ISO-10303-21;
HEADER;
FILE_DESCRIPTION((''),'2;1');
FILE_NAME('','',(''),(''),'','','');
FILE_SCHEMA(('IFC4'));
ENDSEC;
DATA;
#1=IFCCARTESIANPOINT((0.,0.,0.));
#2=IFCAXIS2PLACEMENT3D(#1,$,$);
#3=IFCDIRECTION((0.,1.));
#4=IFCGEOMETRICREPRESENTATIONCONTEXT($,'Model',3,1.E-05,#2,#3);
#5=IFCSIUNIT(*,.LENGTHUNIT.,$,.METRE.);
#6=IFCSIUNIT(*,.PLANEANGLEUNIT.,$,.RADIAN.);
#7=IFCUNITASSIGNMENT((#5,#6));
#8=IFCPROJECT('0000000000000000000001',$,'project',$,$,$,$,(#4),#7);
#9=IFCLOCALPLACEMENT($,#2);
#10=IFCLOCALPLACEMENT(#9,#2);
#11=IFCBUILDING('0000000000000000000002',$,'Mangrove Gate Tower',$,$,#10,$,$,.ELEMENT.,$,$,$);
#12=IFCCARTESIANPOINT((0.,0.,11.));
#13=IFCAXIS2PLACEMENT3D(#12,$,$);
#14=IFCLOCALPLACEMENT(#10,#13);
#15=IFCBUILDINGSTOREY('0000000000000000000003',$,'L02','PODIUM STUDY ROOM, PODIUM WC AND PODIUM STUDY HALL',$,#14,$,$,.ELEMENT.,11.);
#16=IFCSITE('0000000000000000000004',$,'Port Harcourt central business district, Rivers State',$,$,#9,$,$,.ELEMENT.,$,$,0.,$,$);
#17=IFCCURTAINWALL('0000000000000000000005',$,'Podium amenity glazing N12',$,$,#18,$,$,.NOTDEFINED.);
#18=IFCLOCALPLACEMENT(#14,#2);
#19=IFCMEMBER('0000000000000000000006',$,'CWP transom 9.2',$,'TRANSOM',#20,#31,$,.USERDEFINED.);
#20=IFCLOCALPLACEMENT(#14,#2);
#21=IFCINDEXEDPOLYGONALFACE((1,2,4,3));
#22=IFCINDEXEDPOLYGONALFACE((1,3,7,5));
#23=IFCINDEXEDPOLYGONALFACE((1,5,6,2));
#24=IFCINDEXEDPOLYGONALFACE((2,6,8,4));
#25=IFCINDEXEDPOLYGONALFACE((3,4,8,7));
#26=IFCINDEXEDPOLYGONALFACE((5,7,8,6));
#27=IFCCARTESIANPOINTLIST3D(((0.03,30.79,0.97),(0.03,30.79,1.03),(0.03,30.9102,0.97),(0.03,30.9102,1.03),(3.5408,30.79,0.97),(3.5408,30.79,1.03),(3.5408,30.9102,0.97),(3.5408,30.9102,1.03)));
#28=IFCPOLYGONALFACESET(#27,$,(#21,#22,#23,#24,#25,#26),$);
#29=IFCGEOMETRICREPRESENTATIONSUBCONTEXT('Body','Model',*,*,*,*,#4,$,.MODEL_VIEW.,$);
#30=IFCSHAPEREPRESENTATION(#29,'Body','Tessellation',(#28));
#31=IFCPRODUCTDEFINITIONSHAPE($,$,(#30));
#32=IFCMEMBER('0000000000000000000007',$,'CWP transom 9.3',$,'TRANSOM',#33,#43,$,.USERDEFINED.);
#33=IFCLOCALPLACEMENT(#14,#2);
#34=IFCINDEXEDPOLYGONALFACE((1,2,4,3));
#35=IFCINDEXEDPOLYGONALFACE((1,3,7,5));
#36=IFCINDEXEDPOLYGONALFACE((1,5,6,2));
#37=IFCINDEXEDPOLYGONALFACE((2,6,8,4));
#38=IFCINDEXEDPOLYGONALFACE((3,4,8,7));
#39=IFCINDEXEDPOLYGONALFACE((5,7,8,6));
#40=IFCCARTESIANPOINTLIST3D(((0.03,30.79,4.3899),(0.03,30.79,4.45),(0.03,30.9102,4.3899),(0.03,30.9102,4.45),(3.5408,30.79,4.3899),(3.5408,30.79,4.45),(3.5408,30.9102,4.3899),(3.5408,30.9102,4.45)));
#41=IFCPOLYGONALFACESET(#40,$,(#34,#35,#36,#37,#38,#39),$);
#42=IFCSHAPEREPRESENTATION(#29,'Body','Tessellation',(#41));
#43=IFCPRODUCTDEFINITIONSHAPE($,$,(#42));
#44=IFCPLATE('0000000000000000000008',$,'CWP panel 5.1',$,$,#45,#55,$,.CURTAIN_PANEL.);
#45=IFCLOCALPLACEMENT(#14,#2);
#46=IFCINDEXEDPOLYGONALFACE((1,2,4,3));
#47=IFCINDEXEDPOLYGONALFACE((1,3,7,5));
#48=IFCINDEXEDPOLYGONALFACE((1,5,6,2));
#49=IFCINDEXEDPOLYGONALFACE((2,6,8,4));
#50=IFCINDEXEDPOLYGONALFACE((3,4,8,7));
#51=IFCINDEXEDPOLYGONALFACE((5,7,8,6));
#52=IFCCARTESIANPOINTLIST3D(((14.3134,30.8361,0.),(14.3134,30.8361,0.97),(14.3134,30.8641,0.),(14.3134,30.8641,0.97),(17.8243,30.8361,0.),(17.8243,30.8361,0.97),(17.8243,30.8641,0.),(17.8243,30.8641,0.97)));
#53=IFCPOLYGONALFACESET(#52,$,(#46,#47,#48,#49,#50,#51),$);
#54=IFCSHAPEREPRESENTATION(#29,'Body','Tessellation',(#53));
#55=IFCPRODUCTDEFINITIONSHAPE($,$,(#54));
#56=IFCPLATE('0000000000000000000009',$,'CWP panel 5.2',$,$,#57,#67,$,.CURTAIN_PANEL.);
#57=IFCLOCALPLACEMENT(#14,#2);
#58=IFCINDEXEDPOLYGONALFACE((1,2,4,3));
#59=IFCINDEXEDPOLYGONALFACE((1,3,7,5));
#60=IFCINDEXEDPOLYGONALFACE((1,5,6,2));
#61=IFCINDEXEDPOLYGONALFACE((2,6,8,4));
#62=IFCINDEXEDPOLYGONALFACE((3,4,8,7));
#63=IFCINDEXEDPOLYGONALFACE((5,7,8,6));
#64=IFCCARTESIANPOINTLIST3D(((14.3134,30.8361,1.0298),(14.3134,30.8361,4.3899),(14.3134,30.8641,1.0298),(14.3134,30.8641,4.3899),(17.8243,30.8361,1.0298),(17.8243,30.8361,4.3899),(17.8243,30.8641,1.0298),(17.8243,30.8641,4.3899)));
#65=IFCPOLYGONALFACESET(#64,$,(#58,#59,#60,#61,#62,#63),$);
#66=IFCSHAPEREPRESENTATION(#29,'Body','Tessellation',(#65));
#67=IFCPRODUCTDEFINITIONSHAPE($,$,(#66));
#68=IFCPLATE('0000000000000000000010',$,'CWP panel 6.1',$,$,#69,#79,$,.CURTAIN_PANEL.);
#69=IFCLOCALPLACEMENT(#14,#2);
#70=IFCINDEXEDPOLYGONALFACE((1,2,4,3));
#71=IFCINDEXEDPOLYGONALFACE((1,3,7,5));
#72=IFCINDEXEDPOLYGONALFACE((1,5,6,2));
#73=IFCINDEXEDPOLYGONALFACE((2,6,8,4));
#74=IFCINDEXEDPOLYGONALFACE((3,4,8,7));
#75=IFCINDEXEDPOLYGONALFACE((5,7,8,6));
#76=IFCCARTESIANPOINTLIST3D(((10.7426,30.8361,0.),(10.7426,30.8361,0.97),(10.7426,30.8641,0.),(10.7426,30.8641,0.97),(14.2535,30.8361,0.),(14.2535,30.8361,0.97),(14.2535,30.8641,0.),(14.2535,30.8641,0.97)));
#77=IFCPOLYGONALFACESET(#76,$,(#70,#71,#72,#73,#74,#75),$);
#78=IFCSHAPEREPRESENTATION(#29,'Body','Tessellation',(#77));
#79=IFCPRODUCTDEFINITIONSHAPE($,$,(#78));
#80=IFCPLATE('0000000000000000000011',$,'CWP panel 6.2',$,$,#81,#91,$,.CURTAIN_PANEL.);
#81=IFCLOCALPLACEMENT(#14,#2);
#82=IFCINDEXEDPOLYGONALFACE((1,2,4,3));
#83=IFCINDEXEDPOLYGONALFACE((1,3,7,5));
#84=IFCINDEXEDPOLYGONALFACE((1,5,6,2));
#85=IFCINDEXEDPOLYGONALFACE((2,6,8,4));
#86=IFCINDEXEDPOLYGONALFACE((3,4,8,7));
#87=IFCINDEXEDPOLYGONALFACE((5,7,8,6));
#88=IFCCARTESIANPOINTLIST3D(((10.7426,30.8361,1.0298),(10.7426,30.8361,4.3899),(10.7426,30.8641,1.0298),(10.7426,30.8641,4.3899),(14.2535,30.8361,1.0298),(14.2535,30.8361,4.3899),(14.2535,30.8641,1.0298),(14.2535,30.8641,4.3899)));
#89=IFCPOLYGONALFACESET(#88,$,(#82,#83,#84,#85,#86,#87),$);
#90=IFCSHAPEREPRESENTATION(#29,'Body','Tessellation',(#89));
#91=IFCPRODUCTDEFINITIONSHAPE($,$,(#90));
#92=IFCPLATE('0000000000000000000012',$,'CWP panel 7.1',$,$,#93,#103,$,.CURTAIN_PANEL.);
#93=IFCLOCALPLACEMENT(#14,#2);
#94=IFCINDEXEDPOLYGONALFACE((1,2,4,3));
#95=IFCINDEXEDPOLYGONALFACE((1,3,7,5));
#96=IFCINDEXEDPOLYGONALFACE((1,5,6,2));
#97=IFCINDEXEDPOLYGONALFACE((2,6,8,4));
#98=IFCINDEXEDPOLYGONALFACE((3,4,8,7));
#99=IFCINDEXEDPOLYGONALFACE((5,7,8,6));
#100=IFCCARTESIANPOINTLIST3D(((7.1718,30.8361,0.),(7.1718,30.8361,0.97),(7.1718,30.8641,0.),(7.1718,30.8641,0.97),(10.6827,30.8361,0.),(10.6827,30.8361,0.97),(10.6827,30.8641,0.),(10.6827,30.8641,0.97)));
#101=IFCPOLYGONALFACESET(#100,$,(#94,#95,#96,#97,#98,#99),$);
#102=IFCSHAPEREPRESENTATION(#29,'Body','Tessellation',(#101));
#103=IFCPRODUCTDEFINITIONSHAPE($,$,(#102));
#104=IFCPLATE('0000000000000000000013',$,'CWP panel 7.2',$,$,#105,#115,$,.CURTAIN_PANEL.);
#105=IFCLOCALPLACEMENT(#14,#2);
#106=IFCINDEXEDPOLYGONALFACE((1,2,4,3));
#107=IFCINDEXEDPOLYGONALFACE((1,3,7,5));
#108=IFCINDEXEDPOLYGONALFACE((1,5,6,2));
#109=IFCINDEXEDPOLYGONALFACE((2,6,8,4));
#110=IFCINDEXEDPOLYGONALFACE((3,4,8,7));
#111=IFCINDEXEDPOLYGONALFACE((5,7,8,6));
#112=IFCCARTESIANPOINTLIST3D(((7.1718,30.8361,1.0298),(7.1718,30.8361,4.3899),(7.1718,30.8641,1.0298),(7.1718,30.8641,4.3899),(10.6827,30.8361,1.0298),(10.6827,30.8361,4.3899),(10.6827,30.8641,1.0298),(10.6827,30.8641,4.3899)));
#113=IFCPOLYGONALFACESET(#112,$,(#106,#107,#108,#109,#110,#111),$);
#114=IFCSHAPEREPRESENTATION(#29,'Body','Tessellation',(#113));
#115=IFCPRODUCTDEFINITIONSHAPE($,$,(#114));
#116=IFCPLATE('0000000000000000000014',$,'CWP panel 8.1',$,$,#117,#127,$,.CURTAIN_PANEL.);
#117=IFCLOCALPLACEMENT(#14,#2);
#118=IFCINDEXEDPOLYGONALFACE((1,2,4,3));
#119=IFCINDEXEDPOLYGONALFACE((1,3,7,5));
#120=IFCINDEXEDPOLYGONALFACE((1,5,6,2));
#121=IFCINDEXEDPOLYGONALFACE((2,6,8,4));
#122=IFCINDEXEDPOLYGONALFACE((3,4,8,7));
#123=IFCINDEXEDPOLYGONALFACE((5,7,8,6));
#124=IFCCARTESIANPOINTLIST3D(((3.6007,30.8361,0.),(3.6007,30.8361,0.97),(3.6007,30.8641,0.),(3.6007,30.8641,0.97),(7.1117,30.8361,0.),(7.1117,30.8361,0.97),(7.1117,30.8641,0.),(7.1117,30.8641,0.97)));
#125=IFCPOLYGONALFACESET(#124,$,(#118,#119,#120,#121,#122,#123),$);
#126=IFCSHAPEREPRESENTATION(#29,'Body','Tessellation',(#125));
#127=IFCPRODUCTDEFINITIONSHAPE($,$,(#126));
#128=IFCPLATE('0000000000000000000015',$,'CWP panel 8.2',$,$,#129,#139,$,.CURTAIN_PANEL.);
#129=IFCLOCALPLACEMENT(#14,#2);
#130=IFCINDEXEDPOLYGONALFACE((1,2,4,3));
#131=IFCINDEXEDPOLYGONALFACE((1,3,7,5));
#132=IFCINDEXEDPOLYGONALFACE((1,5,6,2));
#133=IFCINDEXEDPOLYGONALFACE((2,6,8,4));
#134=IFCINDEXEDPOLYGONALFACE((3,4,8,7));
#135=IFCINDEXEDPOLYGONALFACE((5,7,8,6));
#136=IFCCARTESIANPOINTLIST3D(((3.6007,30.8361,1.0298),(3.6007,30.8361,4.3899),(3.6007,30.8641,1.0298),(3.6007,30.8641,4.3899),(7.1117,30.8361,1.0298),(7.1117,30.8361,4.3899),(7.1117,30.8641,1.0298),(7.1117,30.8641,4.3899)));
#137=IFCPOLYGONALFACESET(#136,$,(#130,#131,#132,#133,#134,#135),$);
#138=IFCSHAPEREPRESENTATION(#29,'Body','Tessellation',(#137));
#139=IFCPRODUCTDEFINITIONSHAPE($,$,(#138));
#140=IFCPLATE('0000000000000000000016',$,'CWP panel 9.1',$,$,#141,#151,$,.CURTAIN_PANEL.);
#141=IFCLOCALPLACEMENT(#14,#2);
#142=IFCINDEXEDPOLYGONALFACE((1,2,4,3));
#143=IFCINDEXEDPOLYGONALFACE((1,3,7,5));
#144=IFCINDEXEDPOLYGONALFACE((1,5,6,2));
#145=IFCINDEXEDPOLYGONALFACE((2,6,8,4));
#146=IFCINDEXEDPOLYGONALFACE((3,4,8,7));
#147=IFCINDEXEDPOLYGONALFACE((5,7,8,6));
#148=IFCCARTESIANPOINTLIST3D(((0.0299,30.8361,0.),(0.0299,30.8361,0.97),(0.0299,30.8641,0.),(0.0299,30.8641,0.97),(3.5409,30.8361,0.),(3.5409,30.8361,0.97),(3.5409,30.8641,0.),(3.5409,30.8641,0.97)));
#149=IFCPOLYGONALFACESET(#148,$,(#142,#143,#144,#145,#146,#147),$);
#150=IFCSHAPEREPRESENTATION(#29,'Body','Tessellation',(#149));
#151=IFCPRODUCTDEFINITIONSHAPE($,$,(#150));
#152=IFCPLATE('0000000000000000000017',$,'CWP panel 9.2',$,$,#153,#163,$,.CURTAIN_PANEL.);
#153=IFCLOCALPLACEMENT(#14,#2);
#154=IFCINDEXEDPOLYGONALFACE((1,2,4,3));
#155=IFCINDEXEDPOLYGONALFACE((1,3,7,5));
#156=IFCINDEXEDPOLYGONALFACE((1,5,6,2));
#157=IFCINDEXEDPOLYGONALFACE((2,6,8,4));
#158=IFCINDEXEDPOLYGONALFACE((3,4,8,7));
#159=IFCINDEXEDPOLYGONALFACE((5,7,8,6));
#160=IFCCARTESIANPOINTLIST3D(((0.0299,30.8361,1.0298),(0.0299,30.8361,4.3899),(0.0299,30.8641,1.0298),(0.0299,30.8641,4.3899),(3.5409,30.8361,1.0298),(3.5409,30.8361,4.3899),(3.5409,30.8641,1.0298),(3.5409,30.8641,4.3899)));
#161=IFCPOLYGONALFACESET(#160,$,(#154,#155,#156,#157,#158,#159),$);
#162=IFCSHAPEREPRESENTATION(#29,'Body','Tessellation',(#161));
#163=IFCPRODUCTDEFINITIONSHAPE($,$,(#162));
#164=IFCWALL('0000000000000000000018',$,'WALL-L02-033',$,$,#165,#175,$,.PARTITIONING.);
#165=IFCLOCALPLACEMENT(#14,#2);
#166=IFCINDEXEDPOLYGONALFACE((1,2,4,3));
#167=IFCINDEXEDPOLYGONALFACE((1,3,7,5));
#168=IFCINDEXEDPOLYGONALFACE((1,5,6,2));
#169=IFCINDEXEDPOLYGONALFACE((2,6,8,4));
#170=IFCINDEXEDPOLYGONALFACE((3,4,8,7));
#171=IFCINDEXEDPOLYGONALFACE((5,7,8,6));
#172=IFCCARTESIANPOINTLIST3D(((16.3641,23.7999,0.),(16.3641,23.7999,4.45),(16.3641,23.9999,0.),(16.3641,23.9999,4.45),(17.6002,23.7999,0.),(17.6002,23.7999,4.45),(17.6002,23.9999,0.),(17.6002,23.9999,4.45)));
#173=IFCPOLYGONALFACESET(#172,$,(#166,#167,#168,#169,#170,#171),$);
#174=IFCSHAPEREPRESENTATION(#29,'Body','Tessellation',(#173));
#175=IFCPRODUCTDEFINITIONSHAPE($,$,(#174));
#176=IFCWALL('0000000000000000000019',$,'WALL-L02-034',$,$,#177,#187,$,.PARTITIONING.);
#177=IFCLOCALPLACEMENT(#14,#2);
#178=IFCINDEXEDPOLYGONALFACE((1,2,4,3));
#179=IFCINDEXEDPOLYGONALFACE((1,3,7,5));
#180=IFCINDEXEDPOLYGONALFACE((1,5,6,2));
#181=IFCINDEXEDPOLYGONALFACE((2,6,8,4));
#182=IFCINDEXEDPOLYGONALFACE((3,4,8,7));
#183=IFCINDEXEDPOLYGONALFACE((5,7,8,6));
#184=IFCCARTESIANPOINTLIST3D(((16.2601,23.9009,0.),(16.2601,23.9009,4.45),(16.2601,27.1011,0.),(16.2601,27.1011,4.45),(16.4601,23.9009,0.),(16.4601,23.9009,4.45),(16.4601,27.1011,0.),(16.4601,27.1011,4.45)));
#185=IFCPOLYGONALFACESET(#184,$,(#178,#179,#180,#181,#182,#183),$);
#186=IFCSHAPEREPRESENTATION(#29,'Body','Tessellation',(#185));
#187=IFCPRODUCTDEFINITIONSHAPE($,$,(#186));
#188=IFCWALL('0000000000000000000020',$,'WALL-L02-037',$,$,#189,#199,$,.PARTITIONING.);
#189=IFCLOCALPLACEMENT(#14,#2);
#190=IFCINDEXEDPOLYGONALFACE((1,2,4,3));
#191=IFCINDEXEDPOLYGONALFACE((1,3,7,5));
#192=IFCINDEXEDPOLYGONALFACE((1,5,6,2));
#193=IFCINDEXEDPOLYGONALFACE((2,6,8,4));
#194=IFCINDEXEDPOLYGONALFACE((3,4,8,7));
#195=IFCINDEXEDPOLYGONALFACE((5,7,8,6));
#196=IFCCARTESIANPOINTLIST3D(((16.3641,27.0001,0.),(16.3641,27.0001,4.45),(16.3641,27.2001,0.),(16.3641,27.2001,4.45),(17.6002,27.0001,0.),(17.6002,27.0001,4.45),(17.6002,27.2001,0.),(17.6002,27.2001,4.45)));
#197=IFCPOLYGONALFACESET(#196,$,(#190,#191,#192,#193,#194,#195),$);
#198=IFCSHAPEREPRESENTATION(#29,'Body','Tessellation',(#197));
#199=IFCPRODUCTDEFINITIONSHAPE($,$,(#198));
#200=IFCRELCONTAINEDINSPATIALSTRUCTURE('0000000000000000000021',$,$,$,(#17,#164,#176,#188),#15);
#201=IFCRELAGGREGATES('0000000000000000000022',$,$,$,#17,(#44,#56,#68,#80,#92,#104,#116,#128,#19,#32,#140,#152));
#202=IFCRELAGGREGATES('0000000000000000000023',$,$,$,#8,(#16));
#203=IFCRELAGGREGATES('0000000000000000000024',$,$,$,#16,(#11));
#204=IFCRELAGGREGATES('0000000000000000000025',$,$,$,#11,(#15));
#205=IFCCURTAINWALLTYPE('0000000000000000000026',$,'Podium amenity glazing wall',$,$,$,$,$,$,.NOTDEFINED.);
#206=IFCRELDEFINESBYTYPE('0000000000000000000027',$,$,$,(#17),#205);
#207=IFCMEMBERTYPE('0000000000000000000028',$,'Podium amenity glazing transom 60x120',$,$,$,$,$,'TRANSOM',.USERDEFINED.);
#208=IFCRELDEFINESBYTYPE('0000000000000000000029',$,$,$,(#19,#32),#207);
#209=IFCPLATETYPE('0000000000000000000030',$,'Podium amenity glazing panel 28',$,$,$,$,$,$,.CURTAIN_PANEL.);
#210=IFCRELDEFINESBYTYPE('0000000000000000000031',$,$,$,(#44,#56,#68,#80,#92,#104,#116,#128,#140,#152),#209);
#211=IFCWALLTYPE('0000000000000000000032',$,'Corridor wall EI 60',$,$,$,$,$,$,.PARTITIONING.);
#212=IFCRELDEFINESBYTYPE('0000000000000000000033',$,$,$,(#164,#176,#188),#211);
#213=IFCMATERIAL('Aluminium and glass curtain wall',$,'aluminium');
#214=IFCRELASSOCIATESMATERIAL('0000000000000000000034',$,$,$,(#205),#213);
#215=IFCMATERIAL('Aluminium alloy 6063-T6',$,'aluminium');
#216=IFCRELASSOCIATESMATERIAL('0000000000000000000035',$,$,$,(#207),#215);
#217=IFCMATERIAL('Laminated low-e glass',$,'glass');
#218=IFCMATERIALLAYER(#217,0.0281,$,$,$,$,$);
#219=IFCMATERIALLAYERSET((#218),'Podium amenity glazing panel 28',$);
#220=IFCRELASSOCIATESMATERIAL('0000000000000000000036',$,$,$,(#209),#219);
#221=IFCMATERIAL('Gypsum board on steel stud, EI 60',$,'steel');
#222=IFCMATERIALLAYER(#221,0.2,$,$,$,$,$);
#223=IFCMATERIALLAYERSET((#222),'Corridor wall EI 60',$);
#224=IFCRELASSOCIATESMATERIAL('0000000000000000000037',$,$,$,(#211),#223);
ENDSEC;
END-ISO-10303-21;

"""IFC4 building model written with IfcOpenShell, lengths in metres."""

from ifc_helpers import new_model, si_unit, direction, frame, frame_2d, origin, origin_2d, place, context, subcontext, project, spatial, rectangle, extrude, material, layer, layer_set, material_profile, profile_set, type_object, element, aggregate, save


model = new_model("IFC4")

# Units and contexts
model_context = context("Model", 3, precision=1e-05, world=origin(), true_north=direction((0.0, 1.0)))
body_context = subcontext(model_context, "Body", "Model", "MODEL_VIEW")
ifc_project = project(units=[si_unit("LENGTHUNIT", "METRE"), si_unit("PLANEANGLEUNIT", "RADIAN")], contexts=[model_context])

# Site, building, storey
site_placement = place(None, origin())
site = spatial("IfcSite", under=ifc_project, at=site_placement, Name="Port Harcourt central business district, Rivers State", CompositionType="ELEMENT", RefElevation=0.0)
building_placement = place(site_placement, origin())
building = spatial("IfcBuilding", under=site, at=building_placement, Name="Mangrove Gate Tower", CompositionType="ELEMENT")
storey_placement = place(building_placement, frame((0.0, 0.0, 11.0)))
storey = spatial("IfcBuildingStorey", under=building, at=storey_placement, Name="L02", Description="PODIUM STUDY ROOM, PODIUM WC AND PODIUM STUDY HALL", CompositionType="ELEMENT", Elevation=11.0)

# Curtain wall, members, plates
ifc_material_1 = material(Name="Aluminium and glass curtain wall", Category="aluminium")
curtain_wall_type = type_object("IfcCurtainWallType", Name="Podium amenity glazing wall", PredefinedType="NOTDEFINED", material=ifc_material_1)
curtain_wall_placement = place(storey_placement, origin())
curtain_wall = element("IfcCurtainWall", 1, at=curtain_wall_placement, inside=storey, type_object=curtain_wall_type, Name="Podium amenity glazing N12", PredefinedType="NOTDEFINED")
ifc_material_2 = material(Name="Aluminium alloy 6063-T6", Category="aluminium")
ifc_material_profile_1 = material_profile(ifc_material_2, rectangle(XDim=0.0601, YDim=0.1201, at=origin_2d()))
ifc_profile_set_1 = profile_set([ifc_material_profile_1], Name="Aluminium alloy 6063-T6")
member_type_1 = type_object("IfcMemberType", Name="Podium amenity glazing transom 60x120", ElementType="TRANSOM", PredefinedType="USERDEFINED", material=ifc_profile_set_1)
member_1_placement = place(storey_placement, frame((3.5408, 30.8501, 1.0), z_axis=(-1.0, 0.0, 0.0), x_axis=(0.0, 0.0, 1.0)))
member_1 = element("IfcMember", 2, at=member_1_placement, type_object=member_type_1, Name="CWP transom 9.2", ObjectType="TRANSOM", PredefinedType="USERDEFINED", context=body_context, shape_type="SweptSolid", body=[
    extrude(rectangle(XDim=0.0601, YDim=0.1201, at=origin_2d()), origin(), (0.0, 0.0, 1.0), 3.5107),
])
member_2_placement = place(storey_placement, frame((3.5408, 30.8501, 4.4199), z_axis=(-1.0, 0.0, 0.0), x_axis=(0.0, 0.0, 1.0)))
member_2 = element("IfcMember", 3, at=member_2_placement, type_object=member_type_1, Name="CWP transom 9.3", ObjectType="TRANSOM", PredefinedType="USERDEFINED", context=body_context, shape_type="SweptSolid", body=[
    extrude(rectangle(XDim=0.0601, YDim=0.1201, at=origin_2d()), origin(), (0.0, 0.0, 1.0), 3.5107),
])
ifc_material_3 = material(Name="Laminated low-e glass", Category="glass")
ifc_layer_1 = layer(ifc_material_3, 0.0281)
ifc_layer_set_1 = layer_set([ifc_layer_1], Name="Podium amenity glazing panel 28")
plate_type = type_object("IfcPlateType", Name="Podium amenity glazing panel 28", PredefinedType="CURTAIN_PANEL", material=ifc_layer_set_1)
plate_1_placement = place(storey_placement, frame((16.0688, 30.8501, 0.0), z_axis=(0.0, 0.0, 1.0), x_axis=(-1.0, 0.0, 0.0)))
plate_1 = element("IfcPlate", 4, at=plate_1_placement, type_object=plate_type, Name="CWP panel 5.1", PredefinedType="CURTAIN_PANEL", context=body_context, shape_type="SweptSolid", body=[
    extrude(rectangle(XDim=3.511, YDim=0.0281, at=origin_2d()), origin(), (0.0, 0.0, 1.0), 0.97),
])
plate_2_placement = place(storey_placement, frame((16.0688, 30.8501, 1.0298), z_axis=(0.0, 0.0, 1.0), x_axis=(-1.0, 0.0, 0.0)))
plate_2 = element("IfcPlate", 5, at=plate_2_placement, type_object=plate_type, Name="CWP panel 5.2", PredefinedType="CURTAIN_PANEL", context=body_context, shape_type="SweptSolid", body=[
    extrude(rectangle(XDim=3.511, YDim=0.0281, at=origin_2d()), origin(), (0.0, 0.0, 1.0), 3.3601),
])
plate_3_placement = place(storey_placement, frame((12.498, 30.8501, 0.0), z_axis=(0.0, 0.0, 1.0), x_axis=(-1.0, 0.0, 0.0)))
plate_3 = element("IfcPlate", 6, at=plate_3_placement, type_object=plate_type, Name="CWP panel 6.1", PredefinedType="CURTAIN_PANEL", context=body_context, shape_type="SweptSolid", body=[
    extrude(rectangle(XDim=3.511, YDim=0.0281, at=origin_2d()), origin(), (0.0, 0.0, 1.0), 0.97),
])
plate_4_placement = place(storey_placement, frame((12.498, 30.8501, 1.0298), z_axis=(0.0, 0.0, 1.0), x_axis=(-1.0, 0.0, 0.0)))
plate_4 = element("IfcPlate", 7, at=plate_4_placement, type_object=plate_type, Name="CWP panel 6.2", PredefinedType="CURTAIN_PANEL", context=body_context, shape_type="SweptSolid", body=[
    extrude(rectangle(XDim=3.511, YDim=0.0281, at=origin_2d()), origin(), (0.0, 0.0, 1.0), 3.3601),
])
plate_5_placement = place(storey_placement, frame((8.9272, 30.8501, 0.0), z_axis=(0.0, 0.0, 1.0), x_axis=(-1.0, 0.0, 0.0)))
plate_5 = element("IfcPlate", 8, at=plate_5_placement, type_object=plate_type, Name="CWP panel 7.1", PredefinedType="CURTAIN_PANEL", context=body_context, shape_type="SweptSolid", body=[
    extrude(rectangle(XDim=3.511, YDim=0.0281, at=origin_2d()), origin(), (0.0, 0.0, 1.0), 0.97),
])
plate_6_placement = place(storey_placement, frame((8.9272, 30.8501, 1.0298), z_axis=(0.0, 0.0, 1.0), x_axis=(-1.0, 0.0, 0.0)))
plate_6 = element("IfcPlate", 9, at=plate_6_placement, type_object=plate_type, Name="CWP panel 7.2", PredefinedType="CURTAIN_PANEL", context=body_context, shape_type="SweptSolid", body=[
    extrude(rectangle(XDim=3.511, YDim=0.0281, at=origin_2d()), origin(), (0.0, 0.0, 1.0), 3.3601),
])
plate_7_placement = place(storey_placement, frame((5.3562, 30.8501, 0.0), z_axis=(0.0, 0.0, 1.0), x_axis=(-1.0, 0.0, 0.0)))
plate_7 = element("IfcPlate", 10, at=plate_7_placement, type_object=plate_type, Name="CWP panel 8.1", PredefinedType="CURTAIN_PANEL", context=body_context, shape_type="SweptSolid", body=[
    extrude(rectangle(XDim=3.511, YDim=0.0281, at=origin_2d()), origin(), (0.0, 0.0, 1.0), 0.97),
])
plate_8_placement = place(storey_placement, frame((5.3562, 30.8501, 1.0298), z_axis=(0.0, 0.0, 1.0), x_axis=(-1.0, 0.0, 0.0)))
plate_8 = element("IfcPlate", 11, at=plate_8_placement, type_object=plate_type, Name="CWP panel 8.2", PredefinedType="CURTAIN_PANEL", context=body_context, shape_type="SweptSolid", body=[
    extrude(rectangle(XDim=3.511, YDim=0.0281, at=origin_2d()), origin(), (0.0, 0.0, 1.0), 3.3601),
])
plate_9_placement = place(storey_placement, frame((1.7854, 30.8501, 0.0), z_axis=(0.0, 0.0, 1.0), x_axis=(-1.0, 0.0, 0.0)))
plate_9 = element("IfcPlate", 12, at=plate_9_placement, type_object=plate_type, Name="CWP panel 9.1", PredefinedType="CURTAIN_PANEL", context=body_context, shape_type="SweptSolid", body=[
    extrude(rectangle(XDim=3.511, YDim=0.0281, at=origin_2d()), origin(), (0.0, 0.0, 1.0), 0.97),
])
plate_10_placement = place(storey_placement, frame((1.7854, 30.8501, 1.0298), z_axis=(0.0, 0.0, 1.0), x_axis=(-1.0, 0.0, 0.0)))
plate_10 = element("IfcPlate", 13, at=plate_10_placement, type_object=plate_type, Name="CWP panel 9.2", PredefinedType="CURTAIN_PANEL", context=body_context, shape_type="SweptSolid", body=[
    extrude(rectangle(XDim=3.511, YDim=0.0281, at=origin_2d()), origin(), (0.0, 0.0, 1.0), 3.3601),
])
aggregate(curtain_wall, [plate_1, plate_2, plate_3, plate_4, plate_5, plate_6, plate_7, plate_8, member_1, member_2, plate_9, plate_10])

# Walls
ifc_material_4 = material(Name="Gypsum board on steel stud, EI 60", Category="steel")
ifc_layer_2 = layer(ifc_material_4, 0.2)
ifc_layer_set_2 = layer_set([ifc_layer_2], Name="Corridor wall EI 60")
wall_type_1 = type_object("IfcWallType", Name="Corridor wall EI 60", PredefinedType="PARTITIONING", material=ifc_layer_set_2)
wall_1_placement = place(storey_placement, frame((16.364, 23.8999, 0.0), z_axis=(0.0, 0.0, 1.0), x_axis=(1.0, 0.0, 0.0)))
element("IfcWall", 14, at=wall_1_placement, inside=storey, type_object=wall_type_1, Name="WALL-L02-033", PredefinedType="PARTITIONING", context=body_context, shape_type="SweptSolid", body=[
    extrude(rectangle(XDim=1.2361, YDim=0.2, at=frame_2d((0.6182, 0.0))), origin(), (0.0, 0.0, 1.0), 4.45),
])
wall_2_placement = place(storey_placement, frame((16.3601, 23.9009, 0.0), z_axis=(0.0, 0.0, 1.0), x_axis=(0.0, 1.0, 0.0)))
element("IfcWall", 15, at=wall_2_placement, inside=storey, type_object=wall_type_1, Name="WALL-L02-034", PredefinedType="PARTITIONING", context=body_context, shape_type="SweptSolid", body=[
    extrude(rectangle(XDim=3.2002, YDim=0.2, at=frame_2d((1.6001, 0.0))), origin(), (0.0, 0.0, 1.0), 4.45),
])
wall_3_placement = place(storey_placement, frame((16.364, 27.1001, 0.0), z_axis=(0.0, 0.0, 1.0), x_axis=(1.0, 0.0, 0.0)))
element("IfcWall", 16, at=wall_3_placement, inside=storey, type_object=wall_type_1, Name="WALL-L02-037", PredefinedType="PARTITIONING", context=body_context, shape_type="SweptSolid", body=[
    extrude(rectangle(XDim=1.2361, YDim=0.2, at=frame_2d((0.6182, 0.0))), origin(), (0.0, 0.0, 1.0), 4.45),
])

save(model, "model.ifc")
